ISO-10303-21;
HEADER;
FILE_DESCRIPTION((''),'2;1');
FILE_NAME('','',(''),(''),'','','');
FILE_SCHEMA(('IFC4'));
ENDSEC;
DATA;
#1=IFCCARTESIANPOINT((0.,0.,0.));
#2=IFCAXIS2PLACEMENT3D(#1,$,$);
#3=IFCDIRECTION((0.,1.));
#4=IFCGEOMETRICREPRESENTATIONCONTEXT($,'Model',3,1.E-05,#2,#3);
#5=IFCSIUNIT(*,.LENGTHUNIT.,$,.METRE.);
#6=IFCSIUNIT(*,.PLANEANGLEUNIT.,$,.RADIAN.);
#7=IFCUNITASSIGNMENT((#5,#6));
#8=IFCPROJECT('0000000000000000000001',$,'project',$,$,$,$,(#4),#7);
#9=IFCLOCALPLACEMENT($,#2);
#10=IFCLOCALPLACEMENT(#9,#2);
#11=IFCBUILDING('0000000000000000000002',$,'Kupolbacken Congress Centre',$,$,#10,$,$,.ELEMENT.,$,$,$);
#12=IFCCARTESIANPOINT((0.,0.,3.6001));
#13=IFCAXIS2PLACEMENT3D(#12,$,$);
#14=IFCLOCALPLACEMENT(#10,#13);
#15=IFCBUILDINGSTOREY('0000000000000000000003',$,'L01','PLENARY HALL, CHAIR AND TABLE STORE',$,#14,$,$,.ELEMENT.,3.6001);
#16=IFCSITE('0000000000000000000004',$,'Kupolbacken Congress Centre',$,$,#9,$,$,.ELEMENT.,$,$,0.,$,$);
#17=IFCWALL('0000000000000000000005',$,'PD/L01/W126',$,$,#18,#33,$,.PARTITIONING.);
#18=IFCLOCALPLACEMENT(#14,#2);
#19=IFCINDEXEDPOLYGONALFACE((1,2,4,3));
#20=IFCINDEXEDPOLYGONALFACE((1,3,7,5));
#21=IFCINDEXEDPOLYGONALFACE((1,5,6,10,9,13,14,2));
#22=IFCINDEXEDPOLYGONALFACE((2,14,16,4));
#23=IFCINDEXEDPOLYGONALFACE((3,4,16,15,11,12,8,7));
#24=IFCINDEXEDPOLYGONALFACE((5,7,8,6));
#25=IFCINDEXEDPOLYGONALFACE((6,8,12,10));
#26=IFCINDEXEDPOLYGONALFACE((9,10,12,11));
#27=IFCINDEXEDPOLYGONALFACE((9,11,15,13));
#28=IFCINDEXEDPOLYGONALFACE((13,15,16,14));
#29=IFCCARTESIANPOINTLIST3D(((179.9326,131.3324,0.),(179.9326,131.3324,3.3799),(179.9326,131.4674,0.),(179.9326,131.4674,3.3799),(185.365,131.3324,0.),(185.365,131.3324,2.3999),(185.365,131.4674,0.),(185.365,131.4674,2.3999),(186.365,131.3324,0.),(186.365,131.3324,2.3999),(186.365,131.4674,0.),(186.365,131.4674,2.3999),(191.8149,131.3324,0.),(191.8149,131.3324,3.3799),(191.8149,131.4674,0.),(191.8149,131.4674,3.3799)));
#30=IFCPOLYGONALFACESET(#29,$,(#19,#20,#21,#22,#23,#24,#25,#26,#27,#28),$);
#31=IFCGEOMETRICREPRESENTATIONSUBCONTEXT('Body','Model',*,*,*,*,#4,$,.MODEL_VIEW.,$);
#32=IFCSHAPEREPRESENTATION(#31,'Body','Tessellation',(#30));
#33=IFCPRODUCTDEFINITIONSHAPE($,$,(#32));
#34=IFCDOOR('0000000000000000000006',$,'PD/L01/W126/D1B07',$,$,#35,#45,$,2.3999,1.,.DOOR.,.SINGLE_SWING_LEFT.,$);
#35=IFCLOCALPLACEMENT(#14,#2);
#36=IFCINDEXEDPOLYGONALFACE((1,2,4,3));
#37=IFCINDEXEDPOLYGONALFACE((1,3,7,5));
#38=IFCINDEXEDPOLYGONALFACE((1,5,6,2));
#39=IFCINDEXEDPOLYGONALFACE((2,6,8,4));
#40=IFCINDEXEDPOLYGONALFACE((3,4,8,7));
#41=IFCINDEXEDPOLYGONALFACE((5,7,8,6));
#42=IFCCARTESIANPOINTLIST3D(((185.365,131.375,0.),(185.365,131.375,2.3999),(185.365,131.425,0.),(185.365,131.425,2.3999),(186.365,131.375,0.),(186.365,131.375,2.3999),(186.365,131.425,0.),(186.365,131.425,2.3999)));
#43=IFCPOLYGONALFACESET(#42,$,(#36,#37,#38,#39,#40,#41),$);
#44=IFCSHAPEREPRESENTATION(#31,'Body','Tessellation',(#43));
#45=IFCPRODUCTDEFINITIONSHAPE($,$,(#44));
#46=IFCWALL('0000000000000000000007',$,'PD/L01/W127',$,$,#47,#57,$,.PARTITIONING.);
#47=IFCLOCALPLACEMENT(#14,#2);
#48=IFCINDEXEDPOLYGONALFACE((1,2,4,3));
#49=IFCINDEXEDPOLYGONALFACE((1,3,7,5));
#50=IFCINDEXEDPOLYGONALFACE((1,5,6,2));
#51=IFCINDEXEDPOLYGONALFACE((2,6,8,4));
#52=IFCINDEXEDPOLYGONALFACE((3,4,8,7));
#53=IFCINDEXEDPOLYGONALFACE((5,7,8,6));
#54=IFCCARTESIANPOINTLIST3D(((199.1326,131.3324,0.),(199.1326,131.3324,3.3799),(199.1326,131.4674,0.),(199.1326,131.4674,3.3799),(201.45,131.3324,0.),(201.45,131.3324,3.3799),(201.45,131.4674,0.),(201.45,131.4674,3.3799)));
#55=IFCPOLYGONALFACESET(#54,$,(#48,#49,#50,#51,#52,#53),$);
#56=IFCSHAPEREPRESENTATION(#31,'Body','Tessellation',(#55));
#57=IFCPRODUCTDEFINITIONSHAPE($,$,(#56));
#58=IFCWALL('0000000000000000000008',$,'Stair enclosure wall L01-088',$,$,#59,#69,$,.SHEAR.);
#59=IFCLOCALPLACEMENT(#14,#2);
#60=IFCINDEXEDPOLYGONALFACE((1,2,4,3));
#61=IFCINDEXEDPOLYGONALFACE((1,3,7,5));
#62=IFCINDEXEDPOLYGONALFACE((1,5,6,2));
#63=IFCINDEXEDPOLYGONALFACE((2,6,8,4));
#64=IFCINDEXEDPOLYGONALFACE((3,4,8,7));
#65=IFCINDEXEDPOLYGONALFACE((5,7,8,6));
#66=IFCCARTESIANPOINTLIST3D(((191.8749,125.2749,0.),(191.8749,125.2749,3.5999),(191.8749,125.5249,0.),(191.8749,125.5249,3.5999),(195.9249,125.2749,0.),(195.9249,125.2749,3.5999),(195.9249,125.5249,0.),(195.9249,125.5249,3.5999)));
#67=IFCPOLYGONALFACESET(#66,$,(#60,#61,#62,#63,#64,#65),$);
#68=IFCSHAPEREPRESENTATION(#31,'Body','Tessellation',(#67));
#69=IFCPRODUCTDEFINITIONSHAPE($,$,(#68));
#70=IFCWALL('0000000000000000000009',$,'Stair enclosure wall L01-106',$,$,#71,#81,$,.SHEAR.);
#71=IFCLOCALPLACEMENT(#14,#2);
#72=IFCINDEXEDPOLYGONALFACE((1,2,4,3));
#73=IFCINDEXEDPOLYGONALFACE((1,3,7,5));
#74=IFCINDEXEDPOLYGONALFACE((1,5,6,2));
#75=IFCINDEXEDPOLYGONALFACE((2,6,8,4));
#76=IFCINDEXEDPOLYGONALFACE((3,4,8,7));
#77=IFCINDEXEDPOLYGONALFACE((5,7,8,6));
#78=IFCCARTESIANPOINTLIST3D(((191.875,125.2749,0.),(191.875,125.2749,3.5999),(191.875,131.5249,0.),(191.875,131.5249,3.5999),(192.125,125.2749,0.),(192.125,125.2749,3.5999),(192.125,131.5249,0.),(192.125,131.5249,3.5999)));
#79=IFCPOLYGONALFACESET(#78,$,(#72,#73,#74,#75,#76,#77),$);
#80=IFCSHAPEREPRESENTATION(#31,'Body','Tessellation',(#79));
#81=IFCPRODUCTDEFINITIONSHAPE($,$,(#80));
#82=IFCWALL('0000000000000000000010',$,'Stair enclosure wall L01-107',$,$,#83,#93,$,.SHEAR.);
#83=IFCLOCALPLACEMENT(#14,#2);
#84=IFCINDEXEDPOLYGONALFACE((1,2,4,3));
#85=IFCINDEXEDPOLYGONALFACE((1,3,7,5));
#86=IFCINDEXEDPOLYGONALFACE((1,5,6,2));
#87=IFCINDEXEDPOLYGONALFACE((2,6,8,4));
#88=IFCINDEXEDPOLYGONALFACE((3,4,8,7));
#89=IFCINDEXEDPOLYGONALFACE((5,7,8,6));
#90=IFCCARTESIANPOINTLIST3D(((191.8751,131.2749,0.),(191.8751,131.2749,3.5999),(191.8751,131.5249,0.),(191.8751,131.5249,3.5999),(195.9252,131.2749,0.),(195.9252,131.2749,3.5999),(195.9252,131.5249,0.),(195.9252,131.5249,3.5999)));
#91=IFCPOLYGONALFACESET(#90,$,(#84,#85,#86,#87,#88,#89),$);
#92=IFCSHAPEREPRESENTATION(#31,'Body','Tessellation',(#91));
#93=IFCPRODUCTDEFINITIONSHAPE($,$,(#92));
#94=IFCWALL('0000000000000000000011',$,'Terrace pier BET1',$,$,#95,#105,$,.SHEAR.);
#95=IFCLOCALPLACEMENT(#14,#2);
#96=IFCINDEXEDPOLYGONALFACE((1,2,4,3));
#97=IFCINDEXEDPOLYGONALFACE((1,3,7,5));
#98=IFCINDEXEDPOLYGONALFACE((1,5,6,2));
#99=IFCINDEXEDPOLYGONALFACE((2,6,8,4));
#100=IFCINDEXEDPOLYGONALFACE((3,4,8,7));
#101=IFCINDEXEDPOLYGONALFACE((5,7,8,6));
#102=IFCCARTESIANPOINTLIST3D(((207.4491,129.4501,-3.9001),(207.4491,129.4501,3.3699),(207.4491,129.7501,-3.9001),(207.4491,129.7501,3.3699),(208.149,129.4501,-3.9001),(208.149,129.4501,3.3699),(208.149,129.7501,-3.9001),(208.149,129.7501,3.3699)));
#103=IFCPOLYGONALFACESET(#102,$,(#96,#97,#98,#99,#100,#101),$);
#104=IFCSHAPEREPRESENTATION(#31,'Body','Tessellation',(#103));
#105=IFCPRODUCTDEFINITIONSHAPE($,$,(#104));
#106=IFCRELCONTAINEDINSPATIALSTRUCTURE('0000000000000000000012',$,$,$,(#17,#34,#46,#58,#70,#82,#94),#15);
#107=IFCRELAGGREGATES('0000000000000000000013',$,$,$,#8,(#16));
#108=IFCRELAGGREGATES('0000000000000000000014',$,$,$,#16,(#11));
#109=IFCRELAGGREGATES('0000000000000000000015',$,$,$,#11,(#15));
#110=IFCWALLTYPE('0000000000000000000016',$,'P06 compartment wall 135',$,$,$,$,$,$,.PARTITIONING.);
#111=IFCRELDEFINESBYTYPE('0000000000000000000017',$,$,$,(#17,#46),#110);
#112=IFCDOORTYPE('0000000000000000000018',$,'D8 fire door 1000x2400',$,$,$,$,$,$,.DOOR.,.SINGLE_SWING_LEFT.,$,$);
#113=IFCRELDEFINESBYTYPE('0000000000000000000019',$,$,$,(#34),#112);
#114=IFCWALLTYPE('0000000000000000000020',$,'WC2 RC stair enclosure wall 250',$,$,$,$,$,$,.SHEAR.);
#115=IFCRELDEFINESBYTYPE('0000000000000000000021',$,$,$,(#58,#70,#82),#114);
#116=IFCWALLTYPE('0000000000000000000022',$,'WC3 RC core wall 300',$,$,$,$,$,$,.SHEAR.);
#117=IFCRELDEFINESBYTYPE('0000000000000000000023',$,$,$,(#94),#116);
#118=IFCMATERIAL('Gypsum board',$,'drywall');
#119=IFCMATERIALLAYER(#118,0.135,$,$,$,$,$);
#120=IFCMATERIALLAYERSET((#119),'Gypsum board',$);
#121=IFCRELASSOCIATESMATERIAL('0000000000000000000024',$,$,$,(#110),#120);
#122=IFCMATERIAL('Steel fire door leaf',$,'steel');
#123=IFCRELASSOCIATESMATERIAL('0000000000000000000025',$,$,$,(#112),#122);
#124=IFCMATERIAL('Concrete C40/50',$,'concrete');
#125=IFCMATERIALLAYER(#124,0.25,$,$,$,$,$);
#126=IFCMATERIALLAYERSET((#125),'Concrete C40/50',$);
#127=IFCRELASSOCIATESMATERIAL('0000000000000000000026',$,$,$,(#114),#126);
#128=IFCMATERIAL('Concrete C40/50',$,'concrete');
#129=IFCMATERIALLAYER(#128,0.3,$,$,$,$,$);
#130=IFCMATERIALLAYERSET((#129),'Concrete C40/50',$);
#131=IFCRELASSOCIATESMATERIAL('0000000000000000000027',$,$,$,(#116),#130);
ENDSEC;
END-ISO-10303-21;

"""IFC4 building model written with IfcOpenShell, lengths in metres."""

from ifc_helpers import new_model, si_unit, direction, frame, frame_2d, origin, place, context, subcontext, project, spatial, rectangle, extrude, material, layer, layer_set, type_object, element, fill, save


model = new_model("IFC4")

# Units and contexts
model_context = context("Model", 3, precision=1e-05, world=origin(), true_north=direction((0.0, 1.0)))
body_context = subcontext(model_context, "Body", "Model", "MODEL_VIEW")
ifc_project = project(units=[si_unit("LENGTHUNIT", "METRE"), si_unit("PLANEANGLEUNIT", "RADIAN")], contexts=[model_context])

# Site, building, storey
site_placement = place(None, origin())
site = spatial("IfcSite", under=ifc_project, at=site_placement, Name="Kupolbacken Congress Centre", CompositionType="ELEMENT", RefElevation=0.0)
building_placement = place(site_placement, origin())
building = spatial("IfcBuilding", under=site, at=building_placement, Name="Kupolbacken Congress Centre", CompositionType="ELEMENT")
storey_placement = place(building_placement, frame((0.0, 0.0, 3.6001)))
storey = spatial("IfcBuildingStorey", under=building, at=storey_placement, Name="L01", Description="PLENARY HALL, CHAIR AND TABLE STORE", CompositionType="ELEMENT", Elevation=3.6001)

# Shared definitions
ifc_material_1 = material(Name="Gypsum board", Category="drywall")
ifc_layer_1 = layer(ifc_material_1, 0.135)
ifc_layer_set_1 = layer_set([ifc_layer_1], Name="Gypsum board")
wall_type_1 = type_object("IfcWallType", Name="P06 compartment wall 135", PredefinedType="PARTITIONING", material=ifc_layer_set_1)
ifc_material_2 = material(Name="Steel fire door leaf", Category="steel")
door_type = type_object("IfcDoorType", Name="D8 fire door 1000x2400", OperationType="SINGLE_SWING_LEFT", PredefinedType="DOOR", material=ifc_material_2)

# Wall, opening, door
wall_1_placement = place(storey_placement, frame((191.8149, 131.3999, 0.0), z_axis=(0.0, 0.0, 1.0), x_axis=(-1.0, 0.0, 0.0)))
wall_1 = element("IfcWall", 1, at=wall_1_placement, inside=storey, type_object=wall_type_1, Name="PD/L01/W126", PredefinedType="PARTITIONING", context=body_context, shape_type="SweptSolid", body=[
    extrude(rectangle(XDim=11.8823, YDim=0.135, at=frame_2d((5.9412, 0.0))), origin(), (0.0, 0.0, 1.0), 3.3799),
])
opening_1_placement = place(wall_1_placement, frame((5.45, 0.0, 0.0)))
opening_1 = element("IfcOpeningElement", 2, at=opening_1_placement, cuts=wall_1, PredefinedType="OPENING", context=body_context, shape_type="SweptSolid", body=[
    extrude(rectangle(XDim=1.0, YDim=2.3999, at=frame_2d((0.5, 1.2))), frame((0.0, 0.0774, 0.0), z_axis=(0.0, -1.0, 0.0), x_axis=(1.0, 0.0, 0.0)), (0.0, 0.0, 1.0), 0.155),
])
door_1_placement = place(opening_1_placement, origin())
door_1 = element("IfcDoor", 3, at=door_1_placement, inside=storey, type_object=door_type, Name="PD/L01/W126/D1B07", OperationType="SINGLE_SWING_LEFT", OverallHeight=2.3999, OverallWidth=1.0, PredefinedType="DOOR", context=body_context, shape_type="SweptSolid", body=[
    extrude(rectangle(XDim=1.0, YDim=2.3999, at=frame_2d((0.5, 1.2))), frame((0.0, 0.0249, 0.0), z_axis=(0.0, -1.0, 0.0), x_axis=(1.0, 0.0, 0.0)), (0.0, 0.0, 1.0), 0.05),
])
fill(opening_1, door_1)

# Walls
wall_2_placement = place(storey_placement, frame((201.45, 131.3999, 0.0), z_axis=(0.0, 0.0, 1.0), x_axis=(-1.0, 0.0, 0.0)))
element("IfcWall", 4, at=wall_2_placement, inside=storey, type_object=wall_type_1, Name="PD/L01/W127", PredefinedType="PARTITIONING", context=body_context, shape_type="SweptSolid", body=[
    extrude(rectangle(XDim=2.3174, YDim=0.135, at=frame_2d((1.1587, 0.0))), origin(), (0.0, 0.0, 1.0), 3.3799),
])
ifc_material_3 = material(Name="Concrete C40/50", Category="concrete")
ifc_layer_2 = layer(ifc_material_3, 0.25)
ifc_layer_set_2 = layer_set([ifc_layer_2], Name="Concrete C40/50")
wall_type_2 = type_object("IfcWallType", Name="WC2 RC stair enclosure wall 250", PredefinedType="SHEAR", material=ifc_layer_set_2)
wall_3_placement = place(storey_placement, frame((191.875, 125.3999, 0.0), z_axis=(0.0, 0.0, 1.0), x_axis=(1.0, 0.0, 0.0)))
element("IfcWall", 5, at=wall_3_placement, inside=storey, type_object=wall_type_2, Name="Stair enclosure wall L01-088", PredefinedType="SHEAR", context=body_context, shape_type="SweptSolid", body=[
    extrude(rectangle(XDim=4.05, YDim=0.25, at=frame_2d((2.0249, 0.0))), origin(), (0.0, 0.0, 1.0), 3.5999),
])
wall_4_placement = place(storey_placement, frame((192.0, 131.5249, 0.0), z_axis=(0.0, 0.0, 1.0), x_axis=(0.0, -1.0, 0.0)))
element("IfcWall", 6, at=wall_4_placement, inside=storey, type_object=wall_type_2, Name="Stair enclosure wall L01-106", PredefinedType="SHEAR", context=body_context, shape_type="SweptSolid", body=[
    extrude(rectangle(XDim=6.25, YDim=0.25, at=frame_2d((3.125, 0.0))), origin(), (0.0, 0.0, 1.0), 3.5999),
])
wall_5_placement = place(storey_placement, frame((195.925, 131.3999, 0.0), z_axis=(0.0, 0.0, 1.0), x_axis=(-1.0, 0.0, 0.0)))
element("IfcWall", 7, at=wall_5_placement, inside=storey, type_object=wall_type_2, Name="Stair enclosure wall L01-107", PredefinedType="SHEAR", context=body_context, shape_type="SweptSolid", body=[
    extrude(rectangle(XDim=4.05, YDim=0.25, at=frame_2d((2.0249, 0.0))), origin(), (0.0, 0.0, 1.0), 3.5999),
])
ifc_material_4 = material(Name="Concrete C40/50", Category="concrete")
ifc_layer_3 = layer(ifc_material_4, 0.3)
ifc_layer_set_3 = layer_set([ifc_layer_3], Name="Concrete C40/50")
wall_type_3 = type_object("IfcWallType", Name="WC3 RC core wall 300", PredefinedType="SHEAR", material=ifc_layer_set_3)
wall_6_placement = place(storey_placement, frame((207.449, 129.6001, -3.9001), z_axis=(0.0, 0.0, 1.0), x_axis=(1.0, 0.0, 0.0)))
element("IfcWall", 8, at=wall_6_placement, inside=storey, type_object=wall_type_3, Name="Terrace pier BET1", PredefinedType="SHEAR", context=body_context, shape_type="SweptSolid", body=[
    extrude(rectangle(XDim=0.7, YDim=0.3, at=frame_2d((0.3501, 0.0))), origin(), (0.0, 0.0, 1.0), 7.27),
])

save(model, "model.ifc")
